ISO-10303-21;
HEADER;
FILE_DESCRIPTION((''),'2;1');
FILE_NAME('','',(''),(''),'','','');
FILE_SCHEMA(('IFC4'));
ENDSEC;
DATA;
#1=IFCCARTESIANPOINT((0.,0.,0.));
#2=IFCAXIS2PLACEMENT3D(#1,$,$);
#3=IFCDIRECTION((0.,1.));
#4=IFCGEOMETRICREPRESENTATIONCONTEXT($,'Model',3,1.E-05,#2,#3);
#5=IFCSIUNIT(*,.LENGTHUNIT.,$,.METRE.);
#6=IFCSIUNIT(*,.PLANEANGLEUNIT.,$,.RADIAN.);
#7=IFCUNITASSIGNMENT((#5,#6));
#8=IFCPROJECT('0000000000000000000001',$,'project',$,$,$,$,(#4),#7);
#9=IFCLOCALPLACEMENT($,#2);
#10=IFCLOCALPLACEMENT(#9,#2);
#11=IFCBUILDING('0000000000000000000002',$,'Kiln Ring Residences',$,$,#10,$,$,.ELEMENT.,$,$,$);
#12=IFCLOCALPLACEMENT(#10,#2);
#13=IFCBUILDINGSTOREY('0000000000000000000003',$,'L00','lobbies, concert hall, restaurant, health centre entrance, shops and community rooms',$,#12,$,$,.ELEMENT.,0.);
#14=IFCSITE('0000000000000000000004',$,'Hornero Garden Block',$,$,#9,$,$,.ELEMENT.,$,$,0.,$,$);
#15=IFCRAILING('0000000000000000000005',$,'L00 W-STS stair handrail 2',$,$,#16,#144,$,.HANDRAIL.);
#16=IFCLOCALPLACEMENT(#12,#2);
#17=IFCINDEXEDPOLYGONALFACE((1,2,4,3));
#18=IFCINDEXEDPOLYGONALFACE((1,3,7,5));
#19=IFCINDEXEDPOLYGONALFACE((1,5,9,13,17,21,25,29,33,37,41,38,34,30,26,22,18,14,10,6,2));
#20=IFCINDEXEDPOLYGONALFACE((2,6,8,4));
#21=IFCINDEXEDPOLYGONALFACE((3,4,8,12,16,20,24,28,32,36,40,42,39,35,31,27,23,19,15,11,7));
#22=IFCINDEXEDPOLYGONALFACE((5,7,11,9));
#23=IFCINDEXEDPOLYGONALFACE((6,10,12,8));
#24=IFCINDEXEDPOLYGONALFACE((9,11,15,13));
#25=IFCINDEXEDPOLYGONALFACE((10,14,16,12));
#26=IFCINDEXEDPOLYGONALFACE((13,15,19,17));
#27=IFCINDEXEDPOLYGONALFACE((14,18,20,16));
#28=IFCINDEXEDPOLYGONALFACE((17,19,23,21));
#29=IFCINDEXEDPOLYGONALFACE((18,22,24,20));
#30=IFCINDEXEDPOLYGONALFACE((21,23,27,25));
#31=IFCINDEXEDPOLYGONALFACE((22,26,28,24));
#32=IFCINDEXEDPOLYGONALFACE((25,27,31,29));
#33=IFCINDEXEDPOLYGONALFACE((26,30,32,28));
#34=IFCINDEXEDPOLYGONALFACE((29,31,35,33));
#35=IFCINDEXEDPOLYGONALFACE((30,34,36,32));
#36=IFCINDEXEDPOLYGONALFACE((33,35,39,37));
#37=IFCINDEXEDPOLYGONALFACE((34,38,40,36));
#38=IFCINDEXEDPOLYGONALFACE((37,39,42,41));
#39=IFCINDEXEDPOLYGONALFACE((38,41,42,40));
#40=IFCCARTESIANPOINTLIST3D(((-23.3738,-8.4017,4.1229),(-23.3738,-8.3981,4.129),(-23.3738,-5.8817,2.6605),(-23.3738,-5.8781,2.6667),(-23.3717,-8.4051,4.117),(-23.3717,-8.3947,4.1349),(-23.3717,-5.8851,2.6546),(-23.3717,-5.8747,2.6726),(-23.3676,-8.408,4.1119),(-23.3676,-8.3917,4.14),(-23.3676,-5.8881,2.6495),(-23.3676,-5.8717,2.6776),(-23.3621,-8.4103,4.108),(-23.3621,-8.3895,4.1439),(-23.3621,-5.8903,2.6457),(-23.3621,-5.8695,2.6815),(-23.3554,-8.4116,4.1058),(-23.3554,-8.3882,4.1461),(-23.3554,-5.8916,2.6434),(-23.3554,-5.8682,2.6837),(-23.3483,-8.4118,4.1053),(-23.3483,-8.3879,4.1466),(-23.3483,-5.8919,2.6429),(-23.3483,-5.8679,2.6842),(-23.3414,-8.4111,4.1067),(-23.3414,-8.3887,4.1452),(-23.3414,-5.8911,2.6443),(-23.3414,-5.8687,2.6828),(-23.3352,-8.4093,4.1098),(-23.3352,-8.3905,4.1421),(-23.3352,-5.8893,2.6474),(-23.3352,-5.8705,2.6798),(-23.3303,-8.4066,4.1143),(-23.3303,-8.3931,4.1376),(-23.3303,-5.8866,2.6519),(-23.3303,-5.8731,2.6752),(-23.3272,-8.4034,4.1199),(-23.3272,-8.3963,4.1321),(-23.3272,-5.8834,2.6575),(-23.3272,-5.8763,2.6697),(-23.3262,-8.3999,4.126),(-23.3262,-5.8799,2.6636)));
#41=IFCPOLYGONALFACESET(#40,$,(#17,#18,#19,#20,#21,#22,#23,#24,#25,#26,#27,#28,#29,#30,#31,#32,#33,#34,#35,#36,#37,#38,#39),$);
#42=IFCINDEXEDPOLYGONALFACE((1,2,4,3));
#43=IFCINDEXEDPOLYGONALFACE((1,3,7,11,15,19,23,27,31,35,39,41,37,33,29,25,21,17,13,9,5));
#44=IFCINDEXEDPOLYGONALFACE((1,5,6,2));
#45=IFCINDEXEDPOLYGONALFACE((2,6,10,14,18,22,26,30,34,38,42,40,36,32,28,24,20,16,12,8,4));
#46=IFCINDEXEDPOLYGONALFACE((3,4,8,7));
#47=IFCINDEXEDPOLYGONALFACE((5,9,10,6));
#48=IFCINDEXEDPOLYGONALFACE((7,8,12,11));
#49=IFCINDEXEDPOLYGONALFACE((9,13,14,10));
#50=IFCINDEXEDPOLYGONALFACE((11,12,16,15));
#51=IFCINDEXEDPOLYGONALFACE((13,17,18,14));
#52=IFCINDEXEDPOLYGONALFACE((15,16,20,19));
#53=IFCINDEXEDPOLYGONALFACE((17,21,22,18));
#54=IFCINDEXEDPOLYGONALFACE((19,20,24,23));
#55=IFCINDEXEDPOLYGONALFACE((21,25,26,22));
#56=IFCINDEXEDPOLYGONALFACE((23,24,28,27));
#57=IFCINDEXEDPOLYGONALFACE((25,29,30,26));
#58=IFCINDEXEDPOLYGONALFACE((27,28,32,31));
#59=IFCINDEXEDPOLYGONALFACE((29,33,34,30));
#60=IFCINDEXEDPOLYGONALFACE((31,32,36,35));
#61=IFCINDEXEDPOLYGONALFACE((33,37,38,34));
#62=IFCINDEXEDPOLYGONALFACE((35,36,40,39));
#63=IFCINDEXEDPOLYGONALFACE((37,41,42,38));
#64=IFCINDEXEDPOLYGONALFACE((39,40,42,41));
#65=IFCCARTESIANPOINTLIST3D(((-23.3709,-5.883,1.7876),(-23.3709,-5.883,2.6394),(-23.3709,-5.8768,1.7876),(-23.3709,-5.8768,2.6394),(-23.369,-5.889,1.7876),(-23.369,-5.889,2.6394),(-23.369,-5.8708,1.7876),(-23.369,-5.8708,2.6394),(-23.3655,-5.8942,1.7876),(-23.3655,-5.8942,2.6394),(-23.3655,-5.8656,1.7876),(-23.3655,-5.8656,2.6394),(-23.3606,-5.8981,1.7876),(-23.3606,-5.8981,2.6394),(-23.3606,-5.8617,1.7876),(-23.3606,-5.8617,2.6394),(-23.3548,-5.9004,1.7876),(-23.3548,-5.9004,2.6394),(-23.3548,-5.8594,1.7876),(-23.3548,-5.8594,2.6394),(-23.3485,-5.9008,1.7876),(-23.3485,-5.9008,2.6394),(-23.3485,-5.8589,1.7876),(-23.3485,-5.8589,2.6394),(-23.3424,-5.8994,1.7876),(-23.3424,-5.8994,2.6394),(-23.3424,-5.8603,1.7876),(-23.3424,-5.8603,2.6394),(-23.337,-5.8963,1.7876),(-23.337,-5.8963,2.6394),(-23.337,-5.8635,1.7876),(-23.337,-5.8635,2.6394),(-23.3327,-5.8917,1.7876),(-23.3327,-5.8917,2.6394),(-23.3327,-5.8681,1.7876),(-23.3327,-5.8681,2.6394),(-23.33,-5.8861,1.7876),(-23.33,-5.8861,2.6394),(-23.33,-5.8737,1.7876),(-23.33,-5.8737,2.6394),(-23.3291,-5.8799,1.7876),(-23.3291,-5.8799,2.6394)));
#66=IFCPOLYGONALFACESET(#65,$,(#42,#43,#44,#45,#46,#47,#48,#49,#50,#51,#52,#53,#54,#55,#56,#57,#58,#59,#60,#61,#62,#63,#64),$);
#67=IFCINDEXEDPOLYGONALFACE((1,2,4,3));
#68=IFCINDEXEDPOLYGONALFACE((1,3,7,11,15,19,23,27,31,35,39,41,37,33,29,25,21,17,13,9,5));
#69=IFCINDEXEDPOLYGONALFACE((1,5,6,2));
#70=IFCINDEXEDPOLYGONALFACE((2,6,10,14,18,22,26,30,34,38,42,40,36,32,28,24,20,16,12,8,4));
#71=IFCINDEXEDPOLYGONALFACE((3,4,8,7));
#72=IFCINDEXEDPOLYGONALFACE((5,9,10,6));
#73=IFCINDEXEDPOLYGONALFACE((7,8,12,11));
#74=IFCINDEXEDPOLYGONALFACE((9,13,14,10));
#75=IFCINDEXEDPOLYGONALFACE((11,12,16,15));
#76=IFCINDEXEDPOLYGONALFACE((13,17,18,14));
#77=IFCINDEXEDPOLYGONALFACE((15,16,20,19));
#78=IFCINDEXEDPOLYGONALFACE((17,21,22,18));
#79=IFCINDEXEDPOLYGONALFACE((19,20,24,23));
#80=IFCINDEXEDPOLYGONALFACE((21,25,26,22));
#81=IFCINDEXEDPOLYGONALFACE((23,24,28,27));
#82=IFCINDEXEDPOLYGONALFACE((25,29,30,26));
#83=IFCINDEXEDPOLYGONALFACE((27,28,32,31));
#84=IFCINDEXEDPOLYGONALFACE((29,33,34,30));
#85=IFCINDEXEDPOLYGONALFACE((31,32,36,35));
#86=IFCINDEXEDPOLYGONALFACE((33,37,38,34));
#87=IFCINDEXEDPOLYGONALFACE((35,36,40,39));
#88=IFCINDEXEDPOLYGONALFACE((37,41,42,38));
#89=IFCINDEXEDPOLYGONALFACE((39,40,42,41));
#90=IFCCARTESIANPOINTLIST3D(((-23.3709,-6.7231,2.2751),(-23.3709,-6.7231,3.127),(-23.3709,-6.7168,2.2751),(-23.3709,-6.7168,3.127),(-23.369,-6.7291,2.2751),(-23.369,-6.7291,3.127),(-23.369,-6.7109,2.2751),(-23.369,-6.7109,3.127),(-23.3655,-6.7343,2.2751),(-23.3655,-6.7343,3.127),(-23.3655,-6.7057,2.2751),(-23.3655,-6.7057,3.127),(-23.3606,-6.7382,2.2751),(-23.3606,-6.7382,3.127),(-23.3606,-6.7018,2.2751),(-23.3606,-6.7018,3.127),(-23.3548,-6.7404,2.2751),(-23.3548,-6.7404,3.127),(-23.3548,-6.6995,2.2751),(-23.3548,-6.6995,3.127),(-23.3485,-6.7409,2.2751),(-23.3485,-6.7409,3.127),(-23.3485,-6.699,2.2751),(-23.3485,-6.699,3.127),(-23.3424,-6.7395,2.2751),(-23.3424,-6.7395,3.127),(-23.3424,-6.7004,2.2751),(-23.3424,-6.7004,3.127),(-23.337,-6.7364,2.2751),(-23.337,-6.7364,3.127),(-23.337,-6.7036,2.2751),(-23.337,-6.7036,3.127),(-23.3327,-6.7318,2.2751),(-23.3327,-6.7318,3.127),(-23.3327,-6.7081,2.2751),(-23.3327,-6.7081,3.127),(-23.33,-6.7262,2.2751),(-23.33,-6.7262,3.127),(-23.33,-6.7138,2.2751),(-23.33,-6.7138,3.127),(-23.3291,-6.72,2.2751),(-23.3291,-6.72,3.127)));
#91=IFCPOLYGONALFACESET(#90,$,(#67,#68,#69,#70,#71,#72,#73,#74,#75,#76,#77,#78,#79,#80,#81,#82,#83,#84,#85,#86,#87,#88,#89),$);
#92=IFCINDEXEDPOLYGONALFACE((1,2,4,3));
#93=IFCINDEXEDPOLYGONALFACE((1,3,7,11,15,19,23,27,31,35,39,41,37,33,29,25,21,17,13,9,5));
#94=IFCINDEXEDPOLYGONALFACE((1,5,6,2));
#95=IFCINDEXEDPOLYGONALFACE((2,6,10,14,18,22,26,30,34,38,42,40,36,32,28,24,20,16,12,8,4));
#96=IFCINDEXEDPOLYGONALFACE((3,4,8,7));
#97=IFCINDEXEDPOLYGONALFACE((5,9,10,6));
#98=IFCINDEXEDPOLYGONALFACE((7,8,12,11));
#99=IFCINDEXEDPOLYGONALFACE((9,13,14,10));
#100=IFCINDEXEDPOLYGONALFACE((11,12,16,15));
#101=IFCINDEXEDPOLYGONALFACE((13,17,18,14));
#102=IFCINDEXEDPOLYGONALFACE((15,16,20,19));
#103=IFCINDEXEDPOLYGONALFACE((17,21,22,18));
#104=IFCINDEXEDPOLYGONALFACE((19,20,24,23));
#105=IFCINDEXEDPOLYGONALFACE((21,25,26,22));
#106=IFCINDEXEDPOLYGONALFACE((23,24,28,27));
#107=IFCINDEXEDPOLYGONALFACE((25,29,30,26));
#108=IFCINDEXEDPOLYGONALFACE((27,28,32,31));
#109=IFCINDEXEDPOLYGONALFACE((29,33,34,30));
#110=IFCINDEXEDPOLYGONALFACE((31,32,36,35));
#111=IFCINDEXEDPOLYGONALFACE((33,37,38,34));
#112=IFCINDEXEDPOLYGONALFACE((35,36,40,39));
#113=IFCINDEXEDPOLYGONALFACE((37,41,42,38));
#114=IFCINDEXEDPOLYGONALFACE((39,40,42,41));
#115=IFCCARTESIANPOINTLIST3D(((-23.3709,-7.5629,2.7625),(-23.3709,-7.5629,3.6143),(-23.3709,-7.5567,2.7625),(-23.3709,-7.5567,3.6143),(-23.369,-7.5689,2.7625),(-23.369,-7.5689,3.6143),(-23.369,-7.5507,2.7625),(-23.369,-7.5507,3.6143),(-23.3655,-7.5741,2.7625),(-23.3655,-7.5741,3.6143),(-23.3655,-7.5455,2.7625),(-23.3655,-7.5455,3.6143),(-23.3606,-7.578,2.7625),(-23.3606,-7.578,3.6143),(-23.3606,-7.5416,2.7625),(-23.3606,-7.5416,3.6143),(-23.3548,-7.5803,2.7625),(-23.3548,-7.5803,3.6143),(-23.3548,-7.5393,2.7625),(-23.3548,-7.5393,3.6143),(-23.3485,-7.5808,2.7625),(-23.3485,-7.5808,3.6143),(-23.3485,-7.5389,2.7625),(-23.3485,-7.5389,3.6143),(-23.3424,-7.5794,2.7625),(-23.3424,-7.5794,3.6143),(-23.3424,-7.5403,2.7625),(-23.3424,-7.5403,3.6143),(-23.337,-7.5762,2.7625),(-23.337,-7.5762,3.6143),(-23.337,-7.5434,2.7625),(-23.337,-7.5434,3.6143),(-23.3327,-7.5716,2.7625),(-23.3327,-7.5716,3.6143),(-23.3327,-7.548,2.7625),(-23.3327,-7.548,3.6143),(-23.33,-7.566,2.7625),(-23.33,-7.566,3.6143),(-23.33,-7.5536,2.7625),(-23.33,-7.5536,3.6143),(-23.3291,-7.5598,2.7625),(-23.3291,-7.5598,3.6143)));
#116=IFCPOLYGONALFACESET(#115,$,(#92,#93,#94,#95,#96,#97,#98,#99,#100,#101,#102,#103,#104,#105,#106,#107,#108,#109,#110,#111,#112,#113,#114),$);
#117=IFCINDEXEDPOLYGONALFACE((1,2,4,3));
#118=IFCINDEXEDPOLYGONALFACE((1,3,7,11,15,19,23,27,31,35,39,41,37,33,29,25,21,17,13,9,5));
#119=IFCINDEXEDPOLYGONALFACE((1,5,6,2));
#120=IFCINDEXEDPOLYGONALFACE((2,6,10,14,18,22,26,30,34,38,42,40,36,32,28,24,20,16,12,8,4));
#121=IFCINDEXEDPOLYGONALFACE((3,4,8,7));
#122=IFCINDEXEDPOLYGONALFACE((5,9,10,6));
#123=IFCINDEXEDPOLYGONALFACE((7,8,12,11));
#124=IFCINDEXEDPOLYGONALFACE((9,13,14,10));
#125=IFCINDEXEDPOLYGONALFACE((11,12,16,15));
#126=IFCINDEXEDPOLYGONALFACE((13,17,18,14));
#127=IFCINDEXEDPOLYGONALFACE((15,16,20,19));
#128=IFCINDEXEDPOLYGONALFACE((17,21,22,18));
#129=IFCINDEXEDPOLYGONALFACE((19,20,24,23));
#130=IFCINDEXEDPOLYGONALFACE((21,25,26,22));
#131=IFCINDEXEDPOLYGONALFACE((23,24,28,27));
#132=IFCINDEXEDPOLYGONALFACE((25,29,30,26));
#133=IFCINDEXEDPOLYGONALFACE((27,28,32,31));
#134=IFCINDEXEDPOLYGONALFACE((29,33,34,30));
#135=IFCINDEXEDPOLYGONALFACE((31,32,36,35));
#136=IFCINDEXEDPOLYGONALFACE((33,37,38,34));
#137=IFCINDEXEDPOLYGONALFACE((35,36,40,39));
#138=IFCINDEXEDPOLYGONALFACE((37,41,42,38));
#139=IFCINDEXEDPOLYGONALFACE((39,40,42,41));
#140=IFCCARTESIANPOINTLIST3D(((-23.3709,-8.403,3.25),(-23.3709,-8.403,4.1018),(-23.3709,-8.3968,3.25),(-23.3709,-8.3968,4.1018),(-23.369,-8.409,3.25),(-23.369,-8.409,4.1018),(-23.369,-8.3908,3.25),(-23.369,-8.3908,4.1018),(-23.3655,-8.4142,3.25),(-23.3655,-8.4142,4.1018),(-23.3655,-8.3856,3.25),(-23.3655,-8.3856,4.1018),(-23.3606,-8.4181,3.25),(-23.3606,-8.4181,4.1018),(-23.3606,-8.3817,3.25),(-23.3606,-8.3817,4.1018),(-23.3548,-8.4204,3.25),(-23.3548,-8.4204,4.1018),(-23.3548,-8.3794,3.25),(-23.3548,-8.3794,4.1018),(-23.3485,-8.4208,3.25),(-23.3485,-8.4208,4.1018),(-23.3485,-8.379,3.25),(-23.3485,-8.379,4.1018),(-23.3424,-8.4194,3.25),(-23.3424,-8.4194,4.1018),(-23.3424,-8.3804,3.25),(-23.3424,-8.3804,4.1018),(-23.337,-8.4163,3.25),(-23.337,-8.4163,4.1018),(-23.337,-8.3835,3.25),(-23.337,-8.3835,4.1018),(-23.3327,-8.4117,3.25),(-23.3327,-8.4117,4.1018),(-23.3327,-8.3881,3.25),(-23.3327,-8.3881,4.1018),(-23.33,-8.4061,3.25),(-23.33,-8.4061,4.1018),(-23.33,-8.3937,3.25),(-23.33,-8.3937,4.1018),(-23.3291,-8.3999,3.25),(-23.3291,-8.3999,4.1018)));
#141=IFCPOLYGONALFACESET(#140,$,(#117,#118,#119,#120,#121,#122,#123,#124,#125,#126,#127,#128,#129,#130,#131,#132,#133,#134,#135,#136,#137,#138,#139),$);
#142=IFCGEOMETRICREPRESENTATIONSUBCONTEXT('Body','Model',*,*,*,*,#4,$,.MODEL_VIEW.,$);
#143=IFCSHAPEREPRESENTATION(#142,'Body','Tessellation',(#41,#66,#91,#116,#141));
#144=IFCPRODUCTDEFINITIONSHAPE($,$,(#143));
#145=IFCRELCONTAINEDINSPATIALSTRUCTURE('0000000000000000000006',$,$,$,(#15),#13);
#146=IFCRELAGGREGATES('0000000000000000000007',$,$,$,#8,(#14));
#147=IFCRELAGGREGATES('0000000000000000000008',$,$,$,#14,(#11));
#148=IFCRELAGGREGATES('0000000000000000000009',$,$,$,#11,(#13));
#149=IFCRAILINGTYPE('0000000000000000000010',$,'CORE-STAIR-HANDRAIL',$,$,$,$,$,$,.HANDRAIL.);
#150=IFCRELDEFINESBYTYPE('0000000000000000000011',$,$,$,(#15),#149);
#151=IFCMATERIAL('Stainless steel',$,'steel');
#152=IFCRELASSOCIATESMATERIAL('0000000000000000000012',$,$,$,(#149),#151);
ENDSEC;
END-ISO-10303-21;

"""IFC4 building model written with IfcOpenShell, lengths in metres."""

from ifc_helpers import new_model, si_unit, direction, frame, origin, origin_2d, place, context, subcontext, project, spatial, circle, extrude, material, type_object, element, save


model = new_model("IFC4")

# Units and contexts
model_context = context("Model", 3, precision=1e-05, world=origin(), true_north=direction((0.0, 1.0)))
body_context = subcontext(model_context, "Body", "Model", "MODEL_VIEW")
ifc_project = project(units=[si_unit("LENGTHUNIT", "METRE"), si_unit("PLANEANGLEUNIT", "RADIAN")], contexts=[model_context])

# Site, building, storey
site_placement = place(None, origin())
site = spatial("IfcSite", under=ifc_project, at=site_placement, Name="Hornero Garden Block", CompositionType="ELEMENT", RefElevation=0.0)
building_placement = place(site_placement, origin())
building = spatial("IfcBuilding", under=site, at=building_placement, Name="Kiln Ring Residences", CompositionType="ELEMENT")
storey_placement = place(building_placement, origin())
storey = spatial("IfcBuildingStorey", under=building, at=storey_placement, Name="L00", Description="lobbies, concert hall, restaurant, health centre entrance, shops and community rooms", CompositionType="ELEMENT", Elevation=0.0)

# Railing
ifc_material_1 = material(Name="Stainless steel", Category="steel")
railing_type_1 = type_object("IfcRailingType", Name="CORE-STAIR-HANDRAIL", PredefinedType="HANDRAIL", material=ifc_material_1)
for number, where, name in (
    (1, (-23.3501, -5.8799, 1.7876), "L00 W-STS stair handrail 2"),
):
    element("IfcRailing", number, at=place(storey_placement, frame(where)), inside=storey, type_object=railing_type_1, Name=name, PredefinedType="HANDRAIL", context=body_context, shape_type="SweptSolid", body=[
        extrude(circle(Radius=0.0239, at=origin_2d()), frame((0.0, 0.0, 0.876), z_axis=(0.0, -0.864913, 0.501921), x_axis=(1.0, 0.0, 0.0)), (0.0, 0.0, 1.0), 2.9136),
        extrude(circle(Radius=0.021, at=origin_2d()), origin(), (0.0, 0.0, 1.0), 0.8518),
        extrude(circle(Radius=0.021, at=origin_2d()), frame((0.0, -0.8401, 0.4875)), (0.0, 0.0, 1.0), 0.8518),
        extrude(circle(Radius=0.021, at=origin_2d()), frame((0.0, -1.6799, 0.9749)), (0.0, 0.0, 1.0), 0.8518),
        extrude(circle(Radius=0.021, at=origin_2d()), frame((0.0, -2.52, 1.4624)), (0.0, 0.0, 1.0), 0.8518),
    ])

save(model, "model.ifc")
